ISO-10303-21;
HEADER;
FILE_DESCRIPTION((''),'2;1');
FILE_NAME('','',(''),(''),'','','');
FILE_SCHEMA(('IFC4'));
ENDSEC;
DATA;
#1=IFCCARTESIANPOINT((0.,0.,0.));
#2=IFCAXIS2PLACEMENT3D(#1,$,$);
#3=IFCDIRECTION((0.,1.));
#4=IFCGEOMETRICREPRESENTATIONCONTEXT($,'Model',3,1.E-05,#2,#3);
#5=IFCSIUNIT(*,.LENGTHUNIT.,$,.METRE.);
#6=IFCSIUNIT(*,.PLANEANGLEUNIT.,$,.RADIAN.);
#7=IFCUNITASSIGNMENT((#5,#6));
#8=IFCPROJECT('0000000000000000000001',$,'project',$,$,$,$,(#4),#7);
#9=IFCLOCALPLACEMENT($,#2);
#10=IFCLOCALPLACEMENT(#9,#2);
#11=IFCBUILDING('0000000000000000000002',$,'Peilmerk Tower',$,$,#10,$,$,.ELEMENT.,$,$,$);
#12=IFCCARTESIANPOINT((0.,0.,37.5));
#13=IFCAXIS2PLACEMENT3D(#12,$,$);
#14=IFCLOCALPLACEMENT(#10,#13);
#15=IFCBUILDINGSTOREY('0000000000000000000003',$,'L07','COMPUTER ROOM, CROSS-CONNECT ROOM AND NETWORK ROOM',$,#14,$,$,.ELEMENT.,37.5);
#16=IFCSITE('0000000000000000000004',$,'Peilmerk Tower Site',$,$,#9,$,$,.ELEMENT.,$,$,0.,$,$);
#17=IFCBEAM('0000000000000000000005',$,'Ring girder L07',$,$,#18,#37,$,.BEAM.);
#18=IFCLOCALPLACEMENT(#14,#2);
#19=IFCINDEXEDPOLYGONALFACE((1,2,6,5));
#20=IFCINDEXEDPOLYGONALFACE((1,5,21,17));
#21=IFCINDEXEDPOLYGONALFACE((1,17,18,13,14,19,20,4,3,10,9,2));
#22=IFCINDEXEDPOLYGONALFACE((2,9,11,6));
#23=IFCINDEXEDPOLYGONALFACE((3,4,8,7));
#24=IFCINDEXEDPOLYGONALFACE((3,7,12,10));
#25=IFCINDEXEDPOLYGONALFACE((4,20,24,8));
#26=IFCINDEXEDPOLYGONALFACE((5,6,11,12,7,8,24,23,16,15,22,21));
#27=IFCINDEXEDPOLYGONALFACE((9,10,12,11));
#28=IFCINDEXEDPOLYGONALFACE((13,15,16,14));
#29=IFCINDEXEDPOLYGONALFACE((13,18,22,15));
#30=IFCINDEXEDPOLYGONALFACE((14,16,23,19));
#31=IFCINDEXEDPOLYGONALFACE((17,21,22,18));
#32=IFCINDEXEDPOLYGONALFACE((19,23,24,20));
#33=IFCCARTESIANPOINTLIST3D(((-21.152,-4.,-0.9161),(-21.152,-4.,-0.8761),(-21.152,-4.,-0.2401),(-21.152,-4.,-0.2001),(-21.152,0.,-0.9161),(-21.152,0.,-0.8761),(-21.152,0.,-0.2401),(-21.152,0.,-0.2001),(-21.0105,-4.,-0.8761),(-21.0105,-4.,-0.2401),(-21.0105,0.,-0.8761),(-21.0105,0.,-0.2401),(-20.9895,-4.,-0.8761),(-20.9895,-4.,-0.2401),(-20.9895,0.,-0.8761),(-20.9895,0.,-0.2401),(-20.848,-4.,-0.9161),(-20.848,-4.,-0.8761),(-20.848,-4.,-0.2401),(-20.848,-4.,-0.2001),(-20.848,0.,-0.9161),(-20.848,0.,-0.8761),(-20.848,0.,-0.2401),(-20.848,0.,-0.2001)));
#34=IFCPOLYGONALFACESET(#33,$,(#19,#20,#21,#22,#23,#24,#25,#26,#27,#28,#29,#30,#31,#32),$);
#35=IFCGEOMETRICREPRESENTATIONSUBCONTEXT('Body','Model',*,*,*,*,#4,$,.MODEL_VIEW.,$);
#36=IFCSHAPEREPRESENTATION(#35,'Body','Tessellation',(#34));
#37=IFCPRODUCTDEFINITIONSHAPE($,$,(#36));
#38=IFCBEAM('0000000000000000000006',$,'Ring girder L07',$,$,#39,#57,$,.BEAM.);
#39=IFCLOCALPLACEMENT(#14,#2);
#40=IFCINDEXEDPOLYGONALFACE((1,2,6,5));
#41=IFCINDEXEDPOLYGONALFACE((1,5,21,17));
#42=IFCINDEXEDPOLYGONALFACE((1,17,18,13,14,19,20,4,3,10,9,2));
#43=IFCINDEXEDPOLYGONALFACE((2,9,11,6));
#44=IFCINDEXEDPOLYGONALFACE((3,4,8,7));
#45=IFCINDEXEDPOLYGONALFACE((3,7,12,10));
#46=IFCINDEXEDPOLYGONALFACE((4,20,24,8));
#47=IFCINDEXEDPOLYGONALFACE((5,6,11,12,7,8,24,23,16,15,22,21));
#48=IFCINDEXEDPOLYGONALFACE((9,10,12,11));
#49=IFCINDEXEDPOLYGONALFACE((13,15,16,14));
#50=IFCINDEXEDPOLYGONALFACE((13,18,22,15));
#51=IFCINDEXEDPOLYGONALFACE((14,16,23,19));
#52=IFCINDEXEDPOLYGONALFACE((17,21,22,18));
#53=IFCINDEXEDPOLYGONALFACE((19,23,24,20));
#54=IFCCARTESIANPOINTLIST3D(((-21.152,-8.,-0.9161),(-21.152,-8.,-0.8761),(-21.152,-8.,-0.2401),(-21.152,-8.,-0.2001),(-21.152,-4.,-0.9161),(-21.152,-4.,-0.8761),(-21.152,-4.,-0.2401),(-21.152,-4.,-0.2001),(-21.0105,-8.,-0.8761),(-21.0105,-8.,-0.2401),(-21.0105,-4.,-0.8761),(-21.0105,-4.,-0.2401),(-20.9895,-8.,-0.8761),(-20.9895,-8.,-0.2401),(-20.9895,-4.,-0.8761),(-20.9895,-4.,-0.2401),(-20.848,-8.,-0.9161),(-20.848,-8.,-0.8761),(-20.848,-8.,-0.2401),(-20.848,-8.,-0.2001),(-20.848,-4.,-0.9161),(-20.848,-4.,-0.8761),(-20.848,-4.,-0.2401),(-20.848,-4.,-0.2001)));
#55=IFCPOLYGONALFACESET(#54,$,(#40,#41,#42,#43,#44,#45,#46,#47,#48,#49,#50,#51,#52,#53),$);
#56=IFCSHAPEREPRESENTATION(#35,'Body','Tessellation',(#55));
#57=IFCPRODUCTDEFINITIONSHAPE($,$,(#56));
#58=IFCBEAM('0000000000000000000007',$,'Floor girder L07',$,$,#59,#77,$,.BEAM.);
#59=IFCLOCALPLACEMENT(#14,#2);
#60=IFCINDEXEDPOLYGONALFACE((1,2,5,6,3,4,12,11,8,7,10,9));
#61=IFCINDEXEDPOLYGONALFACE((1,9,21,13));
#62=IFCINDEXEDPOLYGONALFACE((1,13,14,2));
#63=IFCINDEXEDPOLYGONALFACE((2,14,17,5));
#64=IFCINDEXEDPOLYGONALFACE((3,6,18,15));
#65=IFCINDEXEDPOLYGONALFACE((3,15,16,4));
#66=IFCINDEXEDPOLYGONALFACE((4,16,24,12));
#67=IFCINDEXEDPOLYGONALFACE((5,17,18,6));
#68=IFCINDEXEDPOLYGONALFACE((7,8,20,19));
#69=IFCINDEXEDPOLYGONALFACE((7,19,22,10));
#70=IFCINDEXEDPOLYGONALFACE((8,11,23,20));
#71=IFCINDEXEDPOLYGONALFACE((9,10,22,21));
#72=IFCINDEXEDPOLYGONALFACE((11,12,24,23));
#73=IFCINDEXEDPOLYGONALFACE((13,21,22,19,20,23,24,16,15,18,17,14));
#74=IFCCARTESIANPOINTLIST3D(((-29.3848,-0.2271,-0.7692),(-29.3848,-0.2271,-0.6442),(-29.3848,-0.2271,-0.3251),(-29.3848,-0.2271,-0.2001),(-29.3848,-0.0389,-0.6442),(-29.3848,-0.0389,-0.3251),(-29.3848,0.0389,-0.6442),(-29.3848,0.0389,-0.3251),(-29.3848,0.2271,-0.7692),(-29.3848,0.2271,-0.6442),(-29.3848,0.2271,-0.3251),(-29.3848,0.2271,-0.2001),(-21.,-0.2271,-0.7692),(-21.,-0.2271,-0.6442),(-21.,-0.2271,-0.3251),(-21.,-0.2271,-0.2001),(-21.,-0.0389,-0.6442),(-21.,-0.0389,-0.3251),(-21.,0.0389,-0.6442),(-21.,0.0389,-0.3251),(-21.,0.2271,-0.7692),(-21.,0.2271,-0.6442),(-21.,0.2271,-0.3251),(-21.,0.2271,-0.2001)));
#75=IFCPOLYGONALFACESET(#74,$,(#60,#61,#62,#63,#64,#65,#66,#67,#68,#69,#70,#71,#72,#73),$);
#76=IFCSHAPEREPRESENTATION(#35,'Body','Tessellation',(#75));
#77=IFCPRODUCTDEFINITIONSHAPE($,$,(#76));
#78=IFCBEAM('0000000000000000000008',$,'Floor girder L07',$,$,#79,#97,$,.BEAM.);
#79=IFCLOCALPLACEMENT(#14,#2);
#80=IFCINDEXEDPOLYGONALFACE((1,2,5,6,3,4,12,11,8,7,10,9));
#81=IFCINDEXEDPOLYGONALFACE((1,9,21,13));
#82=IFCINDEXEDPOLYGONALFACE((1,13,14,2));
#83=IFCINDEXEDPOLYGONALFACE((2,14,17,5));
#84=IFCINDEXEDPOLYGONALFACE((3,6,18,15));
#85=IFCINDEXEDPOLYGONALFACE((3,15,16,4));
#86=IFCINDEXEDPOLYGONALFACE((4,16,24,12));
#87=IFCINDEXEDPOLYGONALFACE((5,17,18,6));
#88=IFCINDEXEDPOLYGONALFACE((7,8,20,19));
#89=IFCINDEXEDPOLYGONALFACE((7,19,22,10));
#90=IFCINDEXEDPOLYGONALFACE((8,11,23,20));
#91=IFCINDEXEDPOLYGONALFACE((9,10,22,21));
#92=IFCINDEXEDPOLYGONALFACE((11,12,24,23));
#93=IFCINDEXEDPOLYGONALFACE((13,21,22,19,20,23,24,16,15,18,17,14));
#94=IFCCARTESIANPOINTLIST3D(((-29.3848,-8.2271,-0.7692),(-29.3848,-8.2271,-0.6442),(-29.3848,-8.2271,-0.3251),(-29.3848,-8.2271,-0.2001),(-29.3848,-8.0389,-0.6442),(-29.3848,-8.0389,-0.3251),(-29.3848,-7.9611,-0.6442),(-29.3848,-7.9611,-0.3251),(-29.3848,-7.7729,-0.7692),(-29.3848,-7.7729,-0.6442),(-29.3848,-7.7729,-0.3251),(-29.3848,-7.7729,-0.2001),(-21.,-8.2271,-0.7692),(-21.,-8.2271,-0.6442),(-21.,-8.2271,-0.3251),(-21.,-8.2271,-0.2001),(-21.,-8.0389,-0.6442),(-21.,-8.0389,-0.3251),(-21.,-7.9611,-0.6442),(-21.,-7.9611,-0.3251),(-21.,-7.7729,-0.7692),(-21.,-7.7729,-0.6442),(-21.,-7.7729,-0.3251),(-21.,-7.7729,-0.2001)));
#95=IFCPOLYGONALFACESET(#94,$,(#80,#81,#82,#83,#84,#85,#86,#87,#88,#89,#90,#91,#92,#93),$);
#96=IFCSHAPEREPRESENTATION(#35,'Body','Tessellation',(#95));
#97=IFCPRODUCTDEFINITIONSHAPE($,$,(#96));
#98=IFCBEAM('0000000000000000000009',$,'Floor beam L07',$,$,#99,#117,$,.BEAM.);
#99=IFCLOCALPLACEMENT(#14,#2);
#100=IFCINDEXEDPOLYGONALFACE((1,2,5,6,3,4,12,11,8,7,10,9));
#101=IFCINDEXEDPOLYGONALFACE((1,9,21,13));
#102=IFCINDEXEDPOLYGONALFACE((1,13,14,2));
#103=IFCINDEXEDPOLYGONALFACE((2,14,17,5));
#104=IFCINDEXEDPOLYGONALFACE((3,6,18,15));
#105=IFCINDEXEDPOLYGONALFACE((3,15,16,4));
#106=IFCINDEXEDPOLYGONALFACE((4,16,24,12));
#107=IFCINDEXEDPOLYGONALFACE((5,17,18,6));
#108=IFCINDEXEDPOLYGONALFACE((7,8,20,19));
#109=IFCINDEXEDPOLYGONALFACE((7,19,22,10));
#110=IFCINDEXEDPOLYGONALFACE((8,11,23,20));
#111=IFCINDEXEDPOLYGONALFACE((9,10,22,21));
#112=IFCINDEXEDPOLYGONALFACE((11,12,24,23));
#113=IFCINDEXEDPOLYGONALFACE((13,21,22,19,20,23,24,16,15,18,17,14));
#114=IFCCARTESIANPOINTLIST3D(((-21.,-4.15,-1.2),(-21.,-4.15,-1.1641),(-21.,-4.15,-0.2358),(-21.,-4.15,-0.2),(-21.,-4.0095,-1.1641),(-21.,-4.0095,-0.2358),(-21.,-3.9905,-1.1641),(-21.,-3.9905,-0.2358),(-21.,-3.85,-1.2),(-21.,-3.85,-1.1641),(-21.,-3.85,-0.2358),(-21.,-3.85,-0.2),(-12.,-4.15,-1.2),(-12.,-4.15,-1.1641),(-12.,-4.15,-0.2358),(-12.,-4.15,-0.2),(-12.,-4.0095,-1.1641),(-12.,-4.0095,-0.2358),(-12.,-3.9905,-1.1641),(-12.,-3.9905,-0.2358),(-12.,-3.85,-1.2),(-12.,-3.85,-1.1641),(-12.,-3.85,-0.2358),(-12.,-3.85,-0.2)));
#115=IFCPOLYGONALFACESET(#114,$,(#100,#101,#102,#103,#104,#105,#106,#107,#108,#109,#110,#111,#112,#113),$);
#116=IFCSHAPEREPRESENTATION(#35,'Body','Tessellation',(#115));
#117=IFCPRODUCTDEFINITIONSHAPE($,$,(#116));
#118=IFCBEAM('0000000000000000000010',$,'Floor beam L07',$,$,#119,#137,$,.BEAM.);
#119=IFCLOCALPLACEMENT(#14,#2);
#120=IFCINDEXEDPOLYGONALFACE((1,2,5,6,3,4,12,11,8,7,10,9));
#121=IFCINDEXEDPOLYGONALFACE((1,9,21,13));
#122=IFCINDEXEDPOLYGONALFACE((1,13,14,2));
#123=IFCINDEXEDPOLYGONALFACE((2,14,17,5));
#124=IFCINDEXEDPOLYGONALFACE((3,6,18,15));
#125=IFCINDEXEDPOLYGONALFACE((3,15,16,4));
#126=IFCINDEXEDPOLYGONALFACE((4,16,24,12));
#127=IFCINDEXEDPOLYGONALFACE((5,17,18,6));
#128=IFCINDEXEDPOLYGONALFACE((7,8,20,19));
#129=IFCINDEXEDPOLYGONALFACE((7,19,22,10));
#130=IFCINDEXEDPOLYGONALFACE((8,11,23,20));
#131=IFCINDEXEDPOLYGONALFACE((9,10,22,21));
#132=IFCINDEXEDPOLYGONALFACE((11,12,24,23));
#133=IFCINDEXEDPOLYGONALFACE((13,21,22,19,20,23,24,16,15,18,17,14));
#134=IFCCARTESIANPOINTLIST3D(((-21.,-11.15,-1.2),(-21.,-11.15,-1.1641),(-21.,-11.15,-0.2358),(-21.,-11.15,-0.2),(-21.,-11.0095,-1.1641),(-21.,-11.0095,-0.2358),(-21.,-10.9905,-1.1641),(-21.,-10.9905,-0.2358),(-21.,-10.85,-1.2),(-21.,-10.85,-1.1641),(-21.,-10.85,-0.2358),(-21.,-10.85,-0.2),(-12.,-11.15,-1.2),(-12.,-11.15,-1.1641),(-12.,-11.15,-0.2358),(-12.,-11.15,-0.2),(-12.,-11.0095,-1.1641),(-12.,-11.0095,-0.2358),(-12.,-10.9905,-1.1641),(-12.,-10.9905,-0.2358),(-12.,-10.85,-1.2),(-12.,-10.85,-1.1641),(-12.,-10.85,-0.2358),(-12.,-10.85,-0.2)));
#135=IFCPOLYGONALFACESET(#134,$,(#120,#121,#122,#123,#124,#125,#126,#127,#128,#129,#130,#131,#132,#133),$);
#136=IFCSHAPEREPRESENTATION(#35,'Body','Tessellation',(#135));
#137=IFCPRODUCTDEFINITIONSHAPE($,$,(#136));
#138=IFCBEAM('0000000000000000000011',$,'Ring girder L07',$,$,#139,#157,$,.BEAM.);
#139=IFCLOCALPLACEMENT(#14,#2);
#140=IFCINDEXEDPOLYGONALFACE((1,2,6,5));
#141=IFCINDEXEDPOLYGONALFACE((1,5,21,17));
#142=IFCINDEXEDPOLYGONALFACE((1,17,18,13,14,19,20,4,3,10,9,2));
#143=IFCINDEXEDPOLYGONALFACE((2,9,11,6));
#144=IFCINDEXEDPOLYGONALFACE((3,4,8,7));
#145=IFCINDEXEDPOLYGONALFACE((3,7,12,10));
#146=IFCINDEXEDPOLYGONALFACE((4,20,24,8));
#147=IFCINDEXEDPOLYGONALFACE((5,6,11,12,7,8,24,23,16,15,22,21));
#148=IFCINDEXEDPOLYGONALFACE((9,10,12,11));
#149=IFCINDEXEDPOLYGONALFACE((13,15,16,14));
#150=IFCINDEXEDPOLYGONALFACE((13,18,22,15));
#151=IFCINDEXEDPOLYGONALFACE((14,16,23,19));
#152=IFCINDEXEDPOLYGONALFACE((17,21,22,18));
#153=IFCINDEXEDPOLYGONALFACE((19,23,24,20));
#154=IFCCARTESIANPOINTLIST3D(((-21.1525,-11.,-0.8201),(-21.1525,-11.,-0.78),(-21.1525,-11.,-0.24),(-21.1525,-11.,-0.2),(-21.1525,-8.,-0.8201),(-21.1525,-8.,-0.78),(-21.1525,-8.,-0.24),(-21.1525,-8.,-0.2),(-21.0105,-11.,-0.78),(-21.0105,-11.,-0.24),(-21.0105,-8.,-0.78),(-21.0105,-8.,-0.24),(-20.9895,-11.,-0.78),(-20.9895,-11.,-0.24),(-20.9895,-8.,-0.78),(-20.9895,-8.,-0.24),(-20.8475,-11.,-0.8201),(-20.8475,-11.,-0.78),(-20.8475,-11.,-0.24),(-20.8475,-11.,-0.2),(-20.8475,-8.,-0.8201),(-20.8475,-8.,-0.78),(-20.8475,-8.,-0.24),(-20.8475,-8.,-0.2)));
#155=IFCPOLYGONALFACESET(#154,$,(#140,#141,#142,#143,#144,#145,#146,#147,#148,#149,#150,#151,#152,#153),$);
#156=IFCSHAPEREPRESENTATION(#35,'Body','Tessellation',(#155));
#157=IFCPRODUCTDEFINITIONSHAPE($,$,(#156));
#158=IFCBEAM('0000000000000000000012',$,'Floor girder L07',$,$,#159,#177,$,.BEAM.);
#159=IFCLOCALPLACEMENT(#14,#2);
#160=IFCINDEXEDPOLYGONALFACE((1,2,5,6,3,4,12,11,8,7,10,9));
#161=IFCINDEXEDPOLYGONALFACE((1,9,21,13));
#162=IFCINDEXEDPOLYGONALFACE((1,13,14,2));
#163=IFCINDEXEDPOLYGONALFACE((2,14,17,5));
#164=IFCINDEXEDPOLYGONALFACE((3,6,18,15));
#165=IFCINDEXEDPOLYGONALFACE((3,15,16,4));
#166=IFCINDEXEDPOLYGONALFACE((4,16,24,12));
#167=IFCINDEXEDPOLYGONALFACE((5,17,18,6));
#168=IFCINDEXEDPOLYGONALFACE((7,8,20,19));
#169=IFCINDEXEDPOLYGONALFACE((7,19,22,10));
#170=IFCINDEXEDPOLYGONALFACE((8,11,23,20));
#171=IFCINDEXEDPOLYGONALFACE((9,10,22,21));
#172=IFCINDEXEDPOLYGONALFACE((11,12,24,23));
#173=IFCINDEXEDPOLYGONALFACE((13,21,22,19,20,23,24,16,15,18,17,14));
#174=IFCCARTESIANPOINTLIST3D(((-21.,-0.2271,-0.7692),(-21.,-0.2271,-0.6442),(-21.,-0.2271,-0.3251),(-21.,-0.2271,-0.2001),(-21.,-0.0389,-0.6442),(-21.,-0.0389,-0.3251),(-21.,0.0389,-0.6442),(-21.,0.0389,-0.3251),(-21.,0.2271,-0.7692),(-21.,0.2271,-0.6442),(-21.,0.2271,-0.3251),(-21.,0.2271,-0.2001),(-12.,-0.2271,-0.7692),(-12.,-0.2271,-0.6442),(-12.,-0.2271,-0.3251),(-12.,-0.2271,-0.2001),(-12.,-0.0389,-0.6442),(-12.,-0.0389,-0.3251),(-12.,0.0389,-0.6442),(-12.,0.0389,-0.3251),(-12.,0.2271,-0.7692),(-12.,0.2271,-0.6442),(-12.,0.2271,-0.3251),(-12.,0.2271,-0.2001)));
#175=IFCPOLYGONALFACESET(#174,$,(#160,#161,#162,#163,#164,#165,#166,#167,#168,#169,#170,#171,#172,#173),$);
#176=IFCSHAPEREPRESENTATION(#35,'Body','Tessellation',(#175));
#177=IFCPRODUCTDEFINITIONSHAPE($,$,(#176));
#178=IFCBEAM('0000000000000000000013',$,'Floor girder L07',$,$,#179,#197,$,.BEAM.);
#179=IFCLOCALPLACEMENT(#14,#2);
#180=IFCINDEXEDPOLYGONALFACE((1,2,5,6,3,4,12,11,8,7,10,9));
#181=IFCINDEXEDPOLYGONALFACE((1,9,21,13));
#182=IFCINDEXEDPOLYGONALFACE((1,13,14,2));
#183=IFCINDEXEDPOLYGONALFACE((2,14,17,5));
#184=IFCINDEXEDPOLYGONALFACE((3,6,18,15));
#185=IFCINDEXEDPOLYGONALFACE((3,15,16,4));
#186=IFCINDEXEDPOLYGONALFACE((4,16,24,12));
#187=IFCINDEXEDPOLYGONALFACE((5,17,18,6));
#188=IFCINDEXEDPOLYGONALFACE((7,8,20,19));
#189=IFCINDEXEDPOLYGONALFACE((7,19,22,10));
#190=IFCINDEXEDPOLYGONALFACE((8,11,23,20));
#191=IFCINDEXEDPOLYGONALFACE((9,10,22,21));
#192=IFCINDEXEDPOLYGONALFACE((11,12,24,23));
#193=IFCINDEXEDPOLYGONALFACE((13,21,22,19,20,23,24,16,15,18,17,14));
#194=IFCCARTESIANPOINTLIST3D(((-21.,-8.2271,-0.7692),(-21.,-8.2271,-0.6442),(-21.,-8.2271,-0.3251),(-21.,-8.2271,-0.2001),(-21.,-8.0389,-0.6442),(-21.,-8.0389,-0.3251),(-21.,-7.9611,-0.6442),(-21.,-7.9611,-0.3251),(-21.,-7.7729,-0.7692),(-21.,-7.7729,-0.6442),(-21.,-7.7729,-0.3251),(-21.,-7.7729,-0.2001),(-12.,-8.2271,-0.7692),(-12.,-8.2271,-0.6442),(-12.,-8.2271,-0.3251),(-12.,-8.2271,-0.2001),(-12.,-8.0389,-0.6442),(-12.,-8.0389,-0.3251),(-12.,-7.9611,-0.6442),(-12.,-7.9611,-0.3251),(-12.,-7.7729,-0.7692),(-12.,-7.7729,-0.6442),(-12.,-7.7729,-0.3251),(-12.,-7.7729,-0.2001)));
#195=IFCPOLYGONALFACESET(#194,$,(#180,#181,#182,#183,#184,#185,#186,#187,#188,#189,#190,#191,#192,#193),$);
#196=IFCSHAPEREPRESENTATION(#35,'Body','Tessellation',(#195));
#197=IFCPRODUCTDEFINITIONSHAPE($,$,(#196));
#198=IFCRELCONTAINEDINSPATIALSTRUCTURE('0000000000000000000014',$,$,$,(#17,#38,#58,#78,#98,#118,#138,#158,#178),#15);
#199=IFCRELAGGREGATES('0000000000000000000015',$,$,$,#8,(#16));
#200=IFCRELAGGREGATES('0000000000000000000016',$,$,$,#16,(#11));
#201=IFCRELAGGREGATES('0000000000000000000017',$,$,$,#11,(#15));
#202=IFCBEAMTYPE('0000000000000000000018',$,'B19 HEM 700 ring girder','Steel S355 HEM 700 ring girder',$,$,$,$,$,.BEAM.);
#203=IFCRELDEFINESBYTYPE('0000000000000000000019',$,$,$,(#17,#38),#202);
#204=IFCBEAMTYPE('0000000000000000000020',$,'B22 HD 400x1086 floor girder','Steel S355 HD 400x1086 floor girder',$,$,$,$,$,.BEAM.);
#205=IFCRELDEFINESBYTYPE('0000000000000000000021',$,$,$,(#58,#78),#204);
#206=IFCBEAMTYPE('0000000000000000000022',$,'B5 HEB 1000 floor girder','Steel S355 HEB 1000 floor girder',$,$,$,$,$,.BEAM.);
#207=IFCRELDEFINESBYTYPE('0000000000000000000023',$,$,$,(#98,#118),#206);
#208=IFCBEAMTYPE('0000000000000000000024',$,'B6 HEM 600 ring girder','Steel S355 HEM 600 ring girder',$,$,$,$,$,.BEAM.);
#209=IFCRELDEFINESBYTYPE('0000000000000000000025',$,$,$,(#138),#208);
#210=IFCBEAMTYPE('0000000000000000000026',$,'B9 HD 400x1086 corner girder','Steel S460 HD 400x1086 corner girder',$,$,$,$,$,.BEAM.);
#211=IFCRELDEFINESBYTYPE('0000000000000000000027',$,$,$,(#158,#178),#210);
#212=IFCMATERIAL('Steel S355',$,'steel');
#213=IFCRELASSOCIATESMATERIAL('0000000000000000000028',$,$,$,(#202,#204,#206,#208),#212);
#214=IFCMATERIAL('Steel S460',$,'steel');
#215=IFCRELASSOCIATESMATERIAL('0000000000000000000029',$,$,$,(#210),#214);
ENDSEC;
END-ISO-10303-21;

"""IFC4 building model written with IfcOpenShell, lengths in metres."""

from ifc_helpers import new_model, si_unit, direction, frame, origin, origin_2d, place, context, subcontext, project, spatial, i_section, extrude, material, material_profile, profile_set, type_object, element, save


model = new_model("IFC4")

# Units and contexts
model_context = context("Model", 3, precision=1e-05, world=origin(), true_north=direction((0.0, 1.0)))
body_context = subcontext(model_context, "Body", "Model", "MODEL_VIEW")
ifc_project = project(units=[si_unit("LENGTHUNIT", "METRE"), si_unit("PLANEANGLEUNIT", "RADIAN")], contexts=[model_context])

# Site, building, storey
site_placement = place(None, origin())
site = spatial("IfcSite", under=ifc_project, at=site_placement, Name="Peilmerk Tower Site", CompositionType="ELEMENT", RefElevation=0.0)
building_placement = place(site_placement, origin())
building = spatial("IfcBuilding", under=site, at=building_placement, Name="Peilmerk Tower", CompositionType="ELEMENT")
storey_placement = place(building_placement, frame((0.0, 0.0, 37.5)))
storey = spatial("IfcBuildingStorey", under=building, at=storey_placement, Name="L07", Description="COMPUTER ROOM, CROSS-CONNECT ROOM AND NETWORK ROOM", CompositionType="ELEMENT", Elevation=37.5)

# Beams
ifc_material_1 = material(Name="Steel S355", Category="steel")
ifc_material_profile_1 = material_profile(ifc_material_1, i_section(OverallWidth=0.304, OverallDepth=0.7161, WebThickness=0.021, FlangeThickness=0.04, at=origin_2d()), Name="HEM 700")
ifc_profile_set_1 = profile_set([ifc_material_profile_1], Name="Steel S355")
beam_type_1 = type_object("IfcBeamType", Name="B19 HEM 700 ring girder", Description="Steel S355 HEM 700 ring girder", PredefinedType="BEAM", material=ifc_profile_set_1)
for number, where, z_axis, x_axis, name in (
    (1, (-21.0, 0.0, -0.5581), (0.0, -1.0, 0.0), (1.0, 0.0, 0.0), "Ring girder L07"),
    (2, (-21.0, -4.0, -0.5581), (0.0, -1.0, 0.0), (1.0, 0.0, 0.0), "Ring girder L07"),
):
    element("IfcBeam", number, at=place(storey_placement, frame(where, z_axis=z_axis, x_axis=x_axis)), inside=storey, type_object=beam_type_1, Name=name, PredefinedType="BEAM", context=body_context, shape_type="SweptSolid", body=[
        extrude(i_section(OverallWidth=0.304, OverallDepth=0.7161, WebThickness=0.021, FlangeThickness=0.04, at=origin_2d()), origin(), (0.0, 0.0, 1.0), 4.0),
    ])
ifc_material_profile_2 = material_profile(ifc_material_1, i_section(OverallWidth=0.4541, OverallDepth=0.5691, WebThickness=0.0779, FlangeThickness=0.125, at=origin_2d()), Name="HD 400x1086")
ifc_profile_set_2 = profile_set([ifc_material_profile_2], Name="Steel S355")
beam_type_2 = type_object("IfcBeamType", Name="B22 HD 400x1086 floor girder", Description="Steel S355 HD 400x1086 floor girder", PredefinedType="BEAM", material=ifc_profile_set_2)
for number, where, z_axis, x_axis, name in (
    (3, (-21.0, 0.0, -0.4846), (-1.0, 0.0, 0.0), (0.0, -1.0, 0.0), "Floor girder L07"),
    (4, (-21.0, -8.0, -0.4846), (-1.0, 0.0, 0.0), (0.0, -1.0, 0.0), "Floor girder L07"),
):
    element("IfcBeam", number, at=place(storey_placement, frame(where, z_axis=z_axis, x_axis=x_axis)), inside=storey, type_object=beam_type_2, Name=name, PredefinedType="BEAM", context=body_context, shape_type="SweptSolid", body=[
        extrude(i_section(OverallWidth=0.4541, OverallDepth=0.5691, WebThickness=0.0779, FlangeThickness=0.125, at=origin_2d()), origin(), (0.0, 0.0, 1.0), 8.3848),
    ])
ifc_material_profile_3 = material_profile(ifc_material_1, i_section(OverallWidth=0.3, OverallDepth=1.0, WebThickness=0.019, FlangeThickness=0.0359, at=origin_2d()), Name="HEB 1000")
ifc_profile_set_3 = profile_set([ifc_material_profile_3], Name="Steel S355")
beam_type_3 = type_object("IfcBeamType", Name="B5 HEB 1000 floor girder", Description="Steel S355 HEB 1000 floor girder", PredefinedType="BEAM", material=ifc_profile_set_3)
for number, where, z_axis, x_axis, name in (
    (5, (-12.0, -4.0, -0.7), (-1.0, 0.0, 0.0), (0.0, -1.0, 0.0), "Floor beam L07"),
    (6, (-12.0, -11.0, -0.7), (-1.0, 0.0, 0.0), (0.0, -1.0, 0.0), "Floor beam L07"),
):
    element("IfcBeam", number, at=place(storey_placement, frame(where, z_axis=z_axis, x_axis=x_axis)), inside=storey, type_object=beam_type_3, Name=name, PredefinedType="BEAM", context=body_context, shape_type="SweptSolid", body=[
        extrude(i_section(OverallWidth=0.3, OverallDepth=1.0, WebThickness=0.019, FlangeThickness=0.0359, at=origin_2d()), origin(), (0.0, 0.0, 1.0), 9.0),
    ])
ifc_material_profile_4 = material_profile(ifc_material_1, i_section(OverallWidth=0.3049, OverallDepth=0.6201, WebThickness=0.021, FlangeThickness=0.04, at=origin_2d()), Name="HEM 600")
ifc_profile_set_4 = profile_set([ifc_material_profile_4], Name="Steel S355")
beam_type_4 = type_object("IfcBeamType", Name="B6 HEM 600 ring girder", Description="Steel S355 HEM 600 ring girder", PredefinedType="BEAM", material=ifc_profile_set_4)
beam_1_placement = place(storey_placement, frame((-21.0, -8.0, -0.51), z_axis=(0.0, -1.0, 0.0), x_axis=(1.0, 0.0, 0.0)))
element("IfcBeam", 7, at=beam_1_placement, inside=storey, type_object=beam_type_4, Name="Ring girder L07", PredefinedType="BEAM", context=body_context, shape_type="SweptSolid", body=[
    extrude(i_section(OverallWidth=0.3049, OverallDepth=0.6201, WebThickness=0.021, FlangeThickness=0.04, at=origin_2d()), origin(), (0.0, 0.0, 1.0), 3.0),
])
ifc_material_2 = material(Name="Steel S460", Category="steel")
ifc_material_profile_5 = material_profile(ifc_material_2, i_section(OverallWidth=0.4541, OverallDepth=0.5691, WebThickness=0.0779, FlangeThickness=0.125, at=origin_2d()), Name="HD 400x1086")
ifc_profile_set_5 = profile_set([ifc_material_profile_5], Name="Steel S460")
beam_type_5 = type_object("IfcBeamType", Name="B9 HD 400x1086 corner girder", Description="Steel S460 HD 400x1086 corner girder", PredefinedType="BEAM", material=ifc_profile_set_5)
for number, where, z_axis, x_axis, name in (
    (8, (-12.0, 0.0, -0.4846), (-1.0, 0.0, 0.0), (0.0, -1.0, 0.0), "Floor girder L07"),
    (9, (-12.0, -8.0, -0.4846), (-1.0, 0.0, 0.0), (0.0, -1.0, 0.0), "Floor girder L07"),
):
    element("IfcBeam", number, at=place(storey_placement, frame(where, z_axis=z_axis, x_axis=x_axis)), inside=storey, type_object=beam_type_5, Name=name, PredefinedType="BEAM", context=body_context, shape_type="SweptSolid", body=[
        extrude(i_section(OverallWidth=0.4541, OverallDepth=0.5691, WebThickness=0.0779, FlangeThickness=0.125, at=origin_2d()), origin(), (0.0, 0.0, 1.0), 9.0),
    ])

save(model, "model.ifc")
